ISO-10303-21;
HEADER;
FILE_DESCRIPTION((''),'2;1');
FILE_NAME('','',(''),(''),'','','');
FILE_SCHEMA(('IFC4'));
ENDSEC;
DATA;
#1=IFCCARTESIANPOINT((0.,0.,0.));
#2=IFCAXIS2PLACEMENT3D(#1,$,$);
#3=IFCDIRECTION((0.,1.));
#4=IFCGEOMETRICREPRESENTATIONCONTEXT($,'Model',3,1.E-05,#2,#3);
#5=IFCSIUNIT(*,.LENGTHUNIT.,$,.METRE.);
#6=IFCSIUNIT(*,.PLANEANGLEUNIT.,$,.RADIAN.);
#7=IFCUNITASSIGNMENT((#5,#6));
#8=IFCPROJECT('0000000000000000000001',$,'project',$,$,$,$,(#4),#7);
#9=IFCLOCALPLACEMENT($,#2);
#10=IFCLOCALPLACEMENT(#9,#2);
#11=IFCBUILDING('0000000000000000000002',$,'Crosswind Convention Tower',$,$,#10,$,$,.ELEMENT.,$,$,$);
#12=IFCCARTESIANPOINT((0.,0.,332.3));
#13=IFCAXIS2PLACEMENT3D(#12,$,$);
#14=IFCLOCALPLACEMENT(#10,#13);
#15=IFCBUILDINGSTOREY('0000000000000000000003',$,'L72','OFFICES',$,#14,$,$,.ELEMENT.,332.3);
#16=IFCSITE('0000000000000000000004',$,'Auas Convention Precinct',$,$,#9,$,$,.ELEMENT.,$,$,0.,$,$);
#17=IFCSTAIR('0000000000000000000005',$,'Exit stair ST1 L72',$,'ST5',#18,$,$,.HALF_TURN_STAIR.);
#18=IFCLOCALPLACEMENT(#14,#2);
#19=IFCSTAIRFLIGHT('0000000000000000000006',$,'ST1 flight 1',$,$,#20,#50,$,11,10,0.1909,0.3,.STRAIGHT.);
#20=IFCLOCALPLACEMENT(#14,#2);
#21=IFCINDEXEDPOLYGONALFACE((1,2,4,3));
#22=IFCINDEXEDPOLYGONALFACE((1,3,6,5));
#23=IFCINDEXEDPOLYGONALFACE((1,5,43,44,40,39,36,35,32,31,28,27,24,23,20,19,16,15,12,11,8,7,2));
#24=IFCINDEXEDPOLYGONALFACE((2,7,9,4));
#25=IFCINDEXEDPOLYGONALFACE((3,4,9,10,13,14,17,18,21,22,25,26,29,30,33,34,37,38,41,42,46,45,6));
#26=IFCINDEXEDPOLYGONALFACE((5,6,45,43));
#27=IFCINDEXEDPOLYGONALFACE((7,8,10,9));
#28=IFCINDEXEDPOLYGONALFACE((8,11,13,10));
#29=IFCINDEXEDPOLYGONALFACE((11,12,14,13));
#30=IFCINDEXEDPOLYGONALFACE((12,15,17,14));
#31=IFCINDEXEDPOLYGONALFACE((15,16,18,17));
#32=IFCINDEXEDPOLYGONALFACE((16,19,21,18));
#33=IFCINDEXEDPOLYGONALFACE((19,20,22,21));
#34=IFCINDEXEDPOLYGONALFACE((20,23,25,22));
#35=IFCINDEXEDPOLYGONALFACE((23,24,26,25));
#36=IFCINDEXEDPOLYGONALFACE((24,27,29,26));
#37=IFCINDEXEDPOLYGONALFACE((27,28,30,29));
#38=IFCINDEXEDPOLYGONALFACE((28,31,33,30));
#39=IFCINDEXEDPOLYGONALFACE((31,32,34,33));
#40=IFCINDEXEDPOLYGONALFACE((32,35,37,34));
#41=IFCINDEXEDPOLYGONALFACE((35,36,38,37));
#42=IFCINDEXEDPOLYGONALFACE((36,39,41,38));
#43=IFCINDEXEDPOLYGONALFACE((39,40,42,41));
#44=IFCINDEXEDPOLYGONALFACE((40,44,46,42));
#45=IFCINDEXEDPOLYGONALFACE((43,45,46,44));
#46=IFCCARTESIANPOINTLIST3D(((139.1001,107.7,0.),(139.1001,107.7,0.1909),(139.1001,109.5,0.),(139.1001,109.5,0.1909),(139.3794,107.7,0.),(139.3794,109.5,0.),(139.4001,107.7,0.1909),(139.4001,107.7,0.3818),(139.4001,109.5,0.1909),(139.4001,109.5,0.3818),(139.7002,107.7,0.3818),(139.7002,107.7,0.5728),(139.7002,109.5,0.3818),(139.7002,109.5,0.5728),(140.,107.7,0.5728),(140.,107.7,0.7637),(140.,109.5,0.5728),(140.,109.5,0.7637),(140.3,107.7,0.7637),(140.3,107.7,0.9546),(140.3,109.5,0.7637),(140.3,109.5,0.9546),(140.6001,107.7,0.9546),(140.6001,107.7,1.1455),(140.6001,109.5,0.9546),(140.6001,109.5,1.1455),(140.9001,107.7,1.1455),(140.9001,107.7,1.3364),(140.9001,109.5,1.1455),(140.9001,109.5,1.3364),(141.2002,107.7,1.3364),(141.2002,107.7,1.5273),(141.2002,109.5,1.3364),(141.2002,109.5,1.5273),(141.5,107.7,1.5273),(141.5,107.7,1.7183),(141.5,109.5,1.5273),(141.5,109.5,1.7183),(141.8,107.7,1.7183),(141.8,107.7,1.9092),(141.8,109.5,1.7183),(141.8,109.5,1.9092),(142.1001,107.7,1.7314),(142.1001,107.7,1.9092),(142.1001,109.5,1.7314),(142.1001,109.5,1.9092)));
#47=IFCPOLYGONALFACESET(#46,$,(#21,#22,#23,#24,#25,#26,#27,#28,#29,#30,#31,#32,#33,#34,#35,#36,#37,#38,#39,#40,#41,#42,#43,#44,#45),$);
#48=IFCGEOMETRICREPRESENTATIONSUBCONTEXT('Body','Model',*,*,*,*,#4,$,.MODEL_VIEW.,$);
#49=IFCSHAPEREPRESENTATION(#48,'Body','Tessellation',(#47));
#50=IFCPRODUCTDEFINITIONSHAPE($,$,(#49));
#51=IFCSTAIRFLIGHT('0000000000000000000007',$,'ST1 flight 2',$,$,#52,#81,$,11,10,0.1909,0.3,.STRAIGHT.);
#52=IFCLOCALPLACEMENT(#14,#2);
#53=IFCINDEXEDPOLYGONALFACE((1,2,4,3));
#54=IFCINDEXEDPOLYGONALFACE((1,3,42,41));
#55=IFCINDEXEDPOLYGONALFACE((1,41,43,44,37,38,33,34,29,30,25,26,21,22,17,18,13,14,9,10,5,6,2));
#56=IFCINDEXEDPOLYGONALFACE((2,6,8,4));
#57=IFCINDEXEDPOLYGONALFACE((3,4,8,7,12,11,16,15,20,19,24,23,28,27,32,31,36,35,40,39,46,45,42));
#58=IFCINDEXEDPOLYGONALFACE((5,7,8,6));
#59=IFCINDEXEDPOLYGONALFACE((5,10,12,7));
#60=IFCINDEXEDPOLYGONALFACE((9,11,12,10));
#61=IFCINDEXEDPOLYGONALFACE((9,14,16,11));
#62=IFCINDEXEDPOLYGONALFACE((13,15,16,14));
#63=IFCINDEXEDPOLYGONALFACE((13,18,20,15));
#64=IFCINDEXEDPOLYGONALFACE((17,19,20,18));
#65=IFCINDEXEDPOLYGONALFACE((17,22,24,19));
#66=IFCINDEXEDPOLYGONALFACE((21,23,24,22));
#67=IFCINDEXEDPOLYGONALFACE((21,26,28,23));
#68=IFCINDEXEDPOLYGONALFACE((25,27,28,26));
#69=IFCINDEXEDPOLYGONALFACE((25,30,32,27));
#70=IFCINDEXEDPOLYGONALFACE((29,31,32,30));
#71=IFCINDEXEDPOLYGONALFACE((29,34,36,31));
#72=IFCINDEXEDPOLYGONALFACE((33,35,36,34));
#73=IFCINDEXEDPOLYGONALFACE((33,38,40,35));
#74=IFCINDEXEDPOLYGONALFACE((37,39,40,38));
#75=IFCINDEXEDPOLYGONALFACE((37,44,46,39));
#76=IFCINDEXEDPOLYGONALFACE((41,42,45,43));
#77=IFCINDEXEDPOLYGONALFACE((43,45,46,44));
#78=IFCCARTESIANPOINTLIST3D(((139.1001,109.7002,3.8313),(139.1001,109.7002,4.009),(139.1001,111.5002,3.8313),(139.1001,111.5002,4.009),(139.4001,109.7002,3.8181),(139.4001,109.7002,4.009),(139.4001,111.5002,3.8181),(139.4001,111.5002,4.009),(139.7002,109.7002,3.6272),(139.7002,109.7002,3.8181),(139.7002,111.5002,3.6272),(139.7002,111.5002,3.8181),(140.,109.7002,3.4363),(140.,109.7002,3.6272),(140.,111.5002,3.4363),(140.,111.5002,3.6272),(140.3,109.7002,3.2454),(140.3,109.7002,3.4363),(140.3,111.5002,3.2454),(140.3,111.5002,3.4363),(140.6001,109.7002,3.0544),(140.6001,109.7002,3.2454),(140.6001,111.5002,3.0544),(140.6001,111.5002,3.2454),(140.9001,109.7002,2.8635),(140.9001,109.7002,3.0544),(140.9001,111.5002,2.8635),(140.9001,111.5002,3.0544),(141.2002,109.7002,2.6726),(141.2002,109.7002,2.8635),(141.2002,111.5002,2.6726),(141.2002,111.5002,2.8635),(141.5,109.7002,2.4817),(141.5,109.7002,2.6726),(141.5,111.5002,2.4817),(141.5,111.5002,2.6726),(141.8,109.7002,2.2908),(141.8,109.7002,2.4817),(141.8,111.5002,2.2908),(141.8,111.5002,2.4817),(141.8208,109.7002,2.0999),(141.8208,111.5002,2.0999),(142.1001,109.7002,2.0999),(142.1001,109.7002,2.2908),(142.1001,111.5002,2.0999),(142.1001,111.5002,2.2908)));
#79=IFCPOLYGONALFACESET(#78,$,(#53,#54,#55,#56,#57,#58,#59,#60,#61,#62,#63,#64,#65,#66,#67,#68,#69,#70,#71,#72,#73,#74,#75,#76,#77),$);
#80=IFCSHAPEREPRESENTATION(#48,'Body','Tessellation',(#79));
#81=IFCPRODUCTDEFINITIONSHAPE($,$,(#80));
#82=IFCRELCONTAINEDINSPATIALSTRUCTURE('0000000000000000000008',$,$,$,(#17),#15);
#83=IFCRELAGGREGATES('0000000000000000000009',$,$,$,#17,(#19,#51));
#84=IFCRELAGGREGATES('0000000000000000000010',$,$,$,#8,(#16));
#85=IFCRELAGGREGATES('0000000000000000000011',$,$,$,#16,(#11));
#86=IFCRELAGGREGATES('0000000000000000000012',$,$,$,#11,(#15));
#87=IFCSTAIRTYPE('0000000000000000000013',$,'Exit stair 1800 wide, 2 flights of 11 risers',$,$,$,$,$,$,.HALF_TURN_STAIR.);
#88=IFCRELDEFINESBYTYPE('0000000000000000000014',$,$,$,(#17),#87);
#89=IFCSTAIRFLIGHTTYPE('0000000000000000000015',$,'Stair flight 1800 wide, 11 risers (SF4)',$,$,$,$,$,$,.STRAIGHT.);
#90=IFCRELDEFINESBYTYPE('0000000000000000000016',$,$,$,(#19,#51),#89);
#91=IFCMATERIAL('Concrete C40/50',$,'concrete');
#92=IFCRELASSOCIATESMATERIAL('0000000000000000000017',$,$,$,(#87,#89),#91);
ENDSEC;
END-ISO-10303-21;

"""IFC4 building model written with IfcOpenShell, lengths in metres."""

from ifc_helpers import new_model, si_unit, direction, frame, origin, place, context, subcontext, project, spatial, polyline, outline, extrude, material, type_object, element, aggregate, save


model = new_model("IFC4")

# Units and contexts
model_context = context("Model", 3, precision=1e-05, world=origin(), true_north=direction((0.0, 1.0)))
body_context = subcontext(model_context, "Body", "Model", "MODEL_VIEW")
ifc_project = project(units=[si_unit("LENGTHUNIT", "METRE"), si_unit("PLANEANGLEUNIT", "RADIAN")], contexts=[model_context])

# Site, building, storey
site_placement = place(None, origin())
site = spatial("IfcSite", under=ifc_project, at=site_placement, Name="Auas Convention Precinct", CompositionType="ELEMENT", RefElevation=0.0)
building_placement = place(site_placement, origin())
building = spatial("IfcBuilding", under=site, at=building_placement, Name="Crosswind Convention Tower", CompositionType="ELEMENT")
storey_placement = place(building_placement, frame((0.0, 0.0, 332.3)))
storey = spatial("IfcBuildingStorey", under=building, at=storey_placement, Name="L72", Description="OFFICES", CompositionType="ELEMENT", Elevation=332.3)

# Stair, stair flights
ifc_material_1 = material(Name="Concrete C40/50", Category="concrete")
stair_type = type_object("IfcStairType", Name="Exit stair 1800 wide, 2 flights of 11 risers", PredefinedType="HALF_TURN_STAIR", material=ifc_material_1)
stair_placement = place(storey_placement, origin())
stair = element("IfcStair", 1, at=stair_placement, inside=storey, type_object=stair_type, Name="Exit stair ST1 L72", ObjectType="ST5", PredefinedType="HALF_TURN_STAIR")
stair_flight_type = type_object("IfcStairFlightType", Name="Stair flight 1800 wide, 11 risers (SF4)", PredefinedType="STRAIGHT", material=ifc_material_1)
stair_flight_1_placement = place(storey_placement, frame((139.1001, 108.6001, 0.0), z_axis=(0.0, 0.0, 1.0), x_axis=(1.0, 0.0, 0.0)))
stair_flight_1 = element("IfcStairFlight", 2, at=stair_flight_1_placement, type_object=stair_flight_type, Name="ST1 flight 1", NumberOfRisers=11, NumberOfTreads=10, PredefinedType="STRAIGHT", RiserHeight=0.1909, TreadLength=0.3, context=body_context, shape_type="SweptSolid", body=[
    extrude(outline(polyline([(0.0, 0.0), (0.0, 0.1909), (0.3, 0.1909), (0.3, 0.3818), (0.6001, 0.3818), (0.6001, 0.5728), (0.8999, 0.5728), (0.8999, 0.7637), (1.2, 0.7637), (1.2, 0.9546), (1.5, 0.9546), (1.5, 1.1455), (1.8, 1.1455), (1.8, 1.3364), (2.1001, 1.3364), (2.1001, 1.5273), (2.3999, 1.5273), (2.3999, 1.7183), (2.7, 1.7183), (2.7, 1.9092), (3.0, 1.9092), (3.0, 2.1001), (3.0, 1.7314), (0.2793, 0.0), (0.0, 0.0)])), frame((0.0, 0.8999, 0.0), z_axis=(0.0, -1.0, 0.0), x_axis=(1.0, 0.0, 0.0)), (0.0, 0.0, 1.0), 1.8),
])
stair_flight_2_placement = place(storey_placement, frame((142.1001, 110.6001, 2.0999), z_axis=(0.0, 0.0, 1.0), x_axis=(-1.0, 0.0, 0.0)))
stair_flight_2 = element("IfcStairFlight", 3, at=stair_flight_2_placement, type_object=stair_flight_type, Name="ST1 flight 2", NumberOfRisers=11, NumberOfTreads=10, PredefinedType="STRAIGHT", RiserHeight=0.1909, TreadLength=0.3, context=body_context, shape_type="SweptSolid", body=[
    extrude(outline(polyline([(0.0, 0.0), (0.0, 0.1909), (0.3, 0.1909), (0.3, 0.3818), (0.6001, 0.3818), (0.6001, 0.5728), (0.8999, 0.5728), (0.8999, 0.7637), (1.2, 0.7637), (1.2, 0.9546), (1.5, 0.9546), (1.5, 1.1455), (1.8, 1.1455), (1.8, 1.3364), (2.1001, 1.3364), (2.1001, 1.5273), (2.3999, 1.5273), (2.3999, 1.7183), (2.7, 1.7183), (2.7, 1.9092), (3.0, 1.9092), (3.0, 2.1001), (3.0, 1.7314), (0.2793, 0.0), (0.0, 0.0)])), frame((0.0, 0.8999, 0.0), z_axis=(0.0, -1.0, 0.0), x_axis=(1.0, 0.0, 0.0)), (0.0, 0.0, 1.0), 1.8),
])
aggregate(stair, [stair_flight_1, stair_flight_2])

save(model, "model.ifc")
